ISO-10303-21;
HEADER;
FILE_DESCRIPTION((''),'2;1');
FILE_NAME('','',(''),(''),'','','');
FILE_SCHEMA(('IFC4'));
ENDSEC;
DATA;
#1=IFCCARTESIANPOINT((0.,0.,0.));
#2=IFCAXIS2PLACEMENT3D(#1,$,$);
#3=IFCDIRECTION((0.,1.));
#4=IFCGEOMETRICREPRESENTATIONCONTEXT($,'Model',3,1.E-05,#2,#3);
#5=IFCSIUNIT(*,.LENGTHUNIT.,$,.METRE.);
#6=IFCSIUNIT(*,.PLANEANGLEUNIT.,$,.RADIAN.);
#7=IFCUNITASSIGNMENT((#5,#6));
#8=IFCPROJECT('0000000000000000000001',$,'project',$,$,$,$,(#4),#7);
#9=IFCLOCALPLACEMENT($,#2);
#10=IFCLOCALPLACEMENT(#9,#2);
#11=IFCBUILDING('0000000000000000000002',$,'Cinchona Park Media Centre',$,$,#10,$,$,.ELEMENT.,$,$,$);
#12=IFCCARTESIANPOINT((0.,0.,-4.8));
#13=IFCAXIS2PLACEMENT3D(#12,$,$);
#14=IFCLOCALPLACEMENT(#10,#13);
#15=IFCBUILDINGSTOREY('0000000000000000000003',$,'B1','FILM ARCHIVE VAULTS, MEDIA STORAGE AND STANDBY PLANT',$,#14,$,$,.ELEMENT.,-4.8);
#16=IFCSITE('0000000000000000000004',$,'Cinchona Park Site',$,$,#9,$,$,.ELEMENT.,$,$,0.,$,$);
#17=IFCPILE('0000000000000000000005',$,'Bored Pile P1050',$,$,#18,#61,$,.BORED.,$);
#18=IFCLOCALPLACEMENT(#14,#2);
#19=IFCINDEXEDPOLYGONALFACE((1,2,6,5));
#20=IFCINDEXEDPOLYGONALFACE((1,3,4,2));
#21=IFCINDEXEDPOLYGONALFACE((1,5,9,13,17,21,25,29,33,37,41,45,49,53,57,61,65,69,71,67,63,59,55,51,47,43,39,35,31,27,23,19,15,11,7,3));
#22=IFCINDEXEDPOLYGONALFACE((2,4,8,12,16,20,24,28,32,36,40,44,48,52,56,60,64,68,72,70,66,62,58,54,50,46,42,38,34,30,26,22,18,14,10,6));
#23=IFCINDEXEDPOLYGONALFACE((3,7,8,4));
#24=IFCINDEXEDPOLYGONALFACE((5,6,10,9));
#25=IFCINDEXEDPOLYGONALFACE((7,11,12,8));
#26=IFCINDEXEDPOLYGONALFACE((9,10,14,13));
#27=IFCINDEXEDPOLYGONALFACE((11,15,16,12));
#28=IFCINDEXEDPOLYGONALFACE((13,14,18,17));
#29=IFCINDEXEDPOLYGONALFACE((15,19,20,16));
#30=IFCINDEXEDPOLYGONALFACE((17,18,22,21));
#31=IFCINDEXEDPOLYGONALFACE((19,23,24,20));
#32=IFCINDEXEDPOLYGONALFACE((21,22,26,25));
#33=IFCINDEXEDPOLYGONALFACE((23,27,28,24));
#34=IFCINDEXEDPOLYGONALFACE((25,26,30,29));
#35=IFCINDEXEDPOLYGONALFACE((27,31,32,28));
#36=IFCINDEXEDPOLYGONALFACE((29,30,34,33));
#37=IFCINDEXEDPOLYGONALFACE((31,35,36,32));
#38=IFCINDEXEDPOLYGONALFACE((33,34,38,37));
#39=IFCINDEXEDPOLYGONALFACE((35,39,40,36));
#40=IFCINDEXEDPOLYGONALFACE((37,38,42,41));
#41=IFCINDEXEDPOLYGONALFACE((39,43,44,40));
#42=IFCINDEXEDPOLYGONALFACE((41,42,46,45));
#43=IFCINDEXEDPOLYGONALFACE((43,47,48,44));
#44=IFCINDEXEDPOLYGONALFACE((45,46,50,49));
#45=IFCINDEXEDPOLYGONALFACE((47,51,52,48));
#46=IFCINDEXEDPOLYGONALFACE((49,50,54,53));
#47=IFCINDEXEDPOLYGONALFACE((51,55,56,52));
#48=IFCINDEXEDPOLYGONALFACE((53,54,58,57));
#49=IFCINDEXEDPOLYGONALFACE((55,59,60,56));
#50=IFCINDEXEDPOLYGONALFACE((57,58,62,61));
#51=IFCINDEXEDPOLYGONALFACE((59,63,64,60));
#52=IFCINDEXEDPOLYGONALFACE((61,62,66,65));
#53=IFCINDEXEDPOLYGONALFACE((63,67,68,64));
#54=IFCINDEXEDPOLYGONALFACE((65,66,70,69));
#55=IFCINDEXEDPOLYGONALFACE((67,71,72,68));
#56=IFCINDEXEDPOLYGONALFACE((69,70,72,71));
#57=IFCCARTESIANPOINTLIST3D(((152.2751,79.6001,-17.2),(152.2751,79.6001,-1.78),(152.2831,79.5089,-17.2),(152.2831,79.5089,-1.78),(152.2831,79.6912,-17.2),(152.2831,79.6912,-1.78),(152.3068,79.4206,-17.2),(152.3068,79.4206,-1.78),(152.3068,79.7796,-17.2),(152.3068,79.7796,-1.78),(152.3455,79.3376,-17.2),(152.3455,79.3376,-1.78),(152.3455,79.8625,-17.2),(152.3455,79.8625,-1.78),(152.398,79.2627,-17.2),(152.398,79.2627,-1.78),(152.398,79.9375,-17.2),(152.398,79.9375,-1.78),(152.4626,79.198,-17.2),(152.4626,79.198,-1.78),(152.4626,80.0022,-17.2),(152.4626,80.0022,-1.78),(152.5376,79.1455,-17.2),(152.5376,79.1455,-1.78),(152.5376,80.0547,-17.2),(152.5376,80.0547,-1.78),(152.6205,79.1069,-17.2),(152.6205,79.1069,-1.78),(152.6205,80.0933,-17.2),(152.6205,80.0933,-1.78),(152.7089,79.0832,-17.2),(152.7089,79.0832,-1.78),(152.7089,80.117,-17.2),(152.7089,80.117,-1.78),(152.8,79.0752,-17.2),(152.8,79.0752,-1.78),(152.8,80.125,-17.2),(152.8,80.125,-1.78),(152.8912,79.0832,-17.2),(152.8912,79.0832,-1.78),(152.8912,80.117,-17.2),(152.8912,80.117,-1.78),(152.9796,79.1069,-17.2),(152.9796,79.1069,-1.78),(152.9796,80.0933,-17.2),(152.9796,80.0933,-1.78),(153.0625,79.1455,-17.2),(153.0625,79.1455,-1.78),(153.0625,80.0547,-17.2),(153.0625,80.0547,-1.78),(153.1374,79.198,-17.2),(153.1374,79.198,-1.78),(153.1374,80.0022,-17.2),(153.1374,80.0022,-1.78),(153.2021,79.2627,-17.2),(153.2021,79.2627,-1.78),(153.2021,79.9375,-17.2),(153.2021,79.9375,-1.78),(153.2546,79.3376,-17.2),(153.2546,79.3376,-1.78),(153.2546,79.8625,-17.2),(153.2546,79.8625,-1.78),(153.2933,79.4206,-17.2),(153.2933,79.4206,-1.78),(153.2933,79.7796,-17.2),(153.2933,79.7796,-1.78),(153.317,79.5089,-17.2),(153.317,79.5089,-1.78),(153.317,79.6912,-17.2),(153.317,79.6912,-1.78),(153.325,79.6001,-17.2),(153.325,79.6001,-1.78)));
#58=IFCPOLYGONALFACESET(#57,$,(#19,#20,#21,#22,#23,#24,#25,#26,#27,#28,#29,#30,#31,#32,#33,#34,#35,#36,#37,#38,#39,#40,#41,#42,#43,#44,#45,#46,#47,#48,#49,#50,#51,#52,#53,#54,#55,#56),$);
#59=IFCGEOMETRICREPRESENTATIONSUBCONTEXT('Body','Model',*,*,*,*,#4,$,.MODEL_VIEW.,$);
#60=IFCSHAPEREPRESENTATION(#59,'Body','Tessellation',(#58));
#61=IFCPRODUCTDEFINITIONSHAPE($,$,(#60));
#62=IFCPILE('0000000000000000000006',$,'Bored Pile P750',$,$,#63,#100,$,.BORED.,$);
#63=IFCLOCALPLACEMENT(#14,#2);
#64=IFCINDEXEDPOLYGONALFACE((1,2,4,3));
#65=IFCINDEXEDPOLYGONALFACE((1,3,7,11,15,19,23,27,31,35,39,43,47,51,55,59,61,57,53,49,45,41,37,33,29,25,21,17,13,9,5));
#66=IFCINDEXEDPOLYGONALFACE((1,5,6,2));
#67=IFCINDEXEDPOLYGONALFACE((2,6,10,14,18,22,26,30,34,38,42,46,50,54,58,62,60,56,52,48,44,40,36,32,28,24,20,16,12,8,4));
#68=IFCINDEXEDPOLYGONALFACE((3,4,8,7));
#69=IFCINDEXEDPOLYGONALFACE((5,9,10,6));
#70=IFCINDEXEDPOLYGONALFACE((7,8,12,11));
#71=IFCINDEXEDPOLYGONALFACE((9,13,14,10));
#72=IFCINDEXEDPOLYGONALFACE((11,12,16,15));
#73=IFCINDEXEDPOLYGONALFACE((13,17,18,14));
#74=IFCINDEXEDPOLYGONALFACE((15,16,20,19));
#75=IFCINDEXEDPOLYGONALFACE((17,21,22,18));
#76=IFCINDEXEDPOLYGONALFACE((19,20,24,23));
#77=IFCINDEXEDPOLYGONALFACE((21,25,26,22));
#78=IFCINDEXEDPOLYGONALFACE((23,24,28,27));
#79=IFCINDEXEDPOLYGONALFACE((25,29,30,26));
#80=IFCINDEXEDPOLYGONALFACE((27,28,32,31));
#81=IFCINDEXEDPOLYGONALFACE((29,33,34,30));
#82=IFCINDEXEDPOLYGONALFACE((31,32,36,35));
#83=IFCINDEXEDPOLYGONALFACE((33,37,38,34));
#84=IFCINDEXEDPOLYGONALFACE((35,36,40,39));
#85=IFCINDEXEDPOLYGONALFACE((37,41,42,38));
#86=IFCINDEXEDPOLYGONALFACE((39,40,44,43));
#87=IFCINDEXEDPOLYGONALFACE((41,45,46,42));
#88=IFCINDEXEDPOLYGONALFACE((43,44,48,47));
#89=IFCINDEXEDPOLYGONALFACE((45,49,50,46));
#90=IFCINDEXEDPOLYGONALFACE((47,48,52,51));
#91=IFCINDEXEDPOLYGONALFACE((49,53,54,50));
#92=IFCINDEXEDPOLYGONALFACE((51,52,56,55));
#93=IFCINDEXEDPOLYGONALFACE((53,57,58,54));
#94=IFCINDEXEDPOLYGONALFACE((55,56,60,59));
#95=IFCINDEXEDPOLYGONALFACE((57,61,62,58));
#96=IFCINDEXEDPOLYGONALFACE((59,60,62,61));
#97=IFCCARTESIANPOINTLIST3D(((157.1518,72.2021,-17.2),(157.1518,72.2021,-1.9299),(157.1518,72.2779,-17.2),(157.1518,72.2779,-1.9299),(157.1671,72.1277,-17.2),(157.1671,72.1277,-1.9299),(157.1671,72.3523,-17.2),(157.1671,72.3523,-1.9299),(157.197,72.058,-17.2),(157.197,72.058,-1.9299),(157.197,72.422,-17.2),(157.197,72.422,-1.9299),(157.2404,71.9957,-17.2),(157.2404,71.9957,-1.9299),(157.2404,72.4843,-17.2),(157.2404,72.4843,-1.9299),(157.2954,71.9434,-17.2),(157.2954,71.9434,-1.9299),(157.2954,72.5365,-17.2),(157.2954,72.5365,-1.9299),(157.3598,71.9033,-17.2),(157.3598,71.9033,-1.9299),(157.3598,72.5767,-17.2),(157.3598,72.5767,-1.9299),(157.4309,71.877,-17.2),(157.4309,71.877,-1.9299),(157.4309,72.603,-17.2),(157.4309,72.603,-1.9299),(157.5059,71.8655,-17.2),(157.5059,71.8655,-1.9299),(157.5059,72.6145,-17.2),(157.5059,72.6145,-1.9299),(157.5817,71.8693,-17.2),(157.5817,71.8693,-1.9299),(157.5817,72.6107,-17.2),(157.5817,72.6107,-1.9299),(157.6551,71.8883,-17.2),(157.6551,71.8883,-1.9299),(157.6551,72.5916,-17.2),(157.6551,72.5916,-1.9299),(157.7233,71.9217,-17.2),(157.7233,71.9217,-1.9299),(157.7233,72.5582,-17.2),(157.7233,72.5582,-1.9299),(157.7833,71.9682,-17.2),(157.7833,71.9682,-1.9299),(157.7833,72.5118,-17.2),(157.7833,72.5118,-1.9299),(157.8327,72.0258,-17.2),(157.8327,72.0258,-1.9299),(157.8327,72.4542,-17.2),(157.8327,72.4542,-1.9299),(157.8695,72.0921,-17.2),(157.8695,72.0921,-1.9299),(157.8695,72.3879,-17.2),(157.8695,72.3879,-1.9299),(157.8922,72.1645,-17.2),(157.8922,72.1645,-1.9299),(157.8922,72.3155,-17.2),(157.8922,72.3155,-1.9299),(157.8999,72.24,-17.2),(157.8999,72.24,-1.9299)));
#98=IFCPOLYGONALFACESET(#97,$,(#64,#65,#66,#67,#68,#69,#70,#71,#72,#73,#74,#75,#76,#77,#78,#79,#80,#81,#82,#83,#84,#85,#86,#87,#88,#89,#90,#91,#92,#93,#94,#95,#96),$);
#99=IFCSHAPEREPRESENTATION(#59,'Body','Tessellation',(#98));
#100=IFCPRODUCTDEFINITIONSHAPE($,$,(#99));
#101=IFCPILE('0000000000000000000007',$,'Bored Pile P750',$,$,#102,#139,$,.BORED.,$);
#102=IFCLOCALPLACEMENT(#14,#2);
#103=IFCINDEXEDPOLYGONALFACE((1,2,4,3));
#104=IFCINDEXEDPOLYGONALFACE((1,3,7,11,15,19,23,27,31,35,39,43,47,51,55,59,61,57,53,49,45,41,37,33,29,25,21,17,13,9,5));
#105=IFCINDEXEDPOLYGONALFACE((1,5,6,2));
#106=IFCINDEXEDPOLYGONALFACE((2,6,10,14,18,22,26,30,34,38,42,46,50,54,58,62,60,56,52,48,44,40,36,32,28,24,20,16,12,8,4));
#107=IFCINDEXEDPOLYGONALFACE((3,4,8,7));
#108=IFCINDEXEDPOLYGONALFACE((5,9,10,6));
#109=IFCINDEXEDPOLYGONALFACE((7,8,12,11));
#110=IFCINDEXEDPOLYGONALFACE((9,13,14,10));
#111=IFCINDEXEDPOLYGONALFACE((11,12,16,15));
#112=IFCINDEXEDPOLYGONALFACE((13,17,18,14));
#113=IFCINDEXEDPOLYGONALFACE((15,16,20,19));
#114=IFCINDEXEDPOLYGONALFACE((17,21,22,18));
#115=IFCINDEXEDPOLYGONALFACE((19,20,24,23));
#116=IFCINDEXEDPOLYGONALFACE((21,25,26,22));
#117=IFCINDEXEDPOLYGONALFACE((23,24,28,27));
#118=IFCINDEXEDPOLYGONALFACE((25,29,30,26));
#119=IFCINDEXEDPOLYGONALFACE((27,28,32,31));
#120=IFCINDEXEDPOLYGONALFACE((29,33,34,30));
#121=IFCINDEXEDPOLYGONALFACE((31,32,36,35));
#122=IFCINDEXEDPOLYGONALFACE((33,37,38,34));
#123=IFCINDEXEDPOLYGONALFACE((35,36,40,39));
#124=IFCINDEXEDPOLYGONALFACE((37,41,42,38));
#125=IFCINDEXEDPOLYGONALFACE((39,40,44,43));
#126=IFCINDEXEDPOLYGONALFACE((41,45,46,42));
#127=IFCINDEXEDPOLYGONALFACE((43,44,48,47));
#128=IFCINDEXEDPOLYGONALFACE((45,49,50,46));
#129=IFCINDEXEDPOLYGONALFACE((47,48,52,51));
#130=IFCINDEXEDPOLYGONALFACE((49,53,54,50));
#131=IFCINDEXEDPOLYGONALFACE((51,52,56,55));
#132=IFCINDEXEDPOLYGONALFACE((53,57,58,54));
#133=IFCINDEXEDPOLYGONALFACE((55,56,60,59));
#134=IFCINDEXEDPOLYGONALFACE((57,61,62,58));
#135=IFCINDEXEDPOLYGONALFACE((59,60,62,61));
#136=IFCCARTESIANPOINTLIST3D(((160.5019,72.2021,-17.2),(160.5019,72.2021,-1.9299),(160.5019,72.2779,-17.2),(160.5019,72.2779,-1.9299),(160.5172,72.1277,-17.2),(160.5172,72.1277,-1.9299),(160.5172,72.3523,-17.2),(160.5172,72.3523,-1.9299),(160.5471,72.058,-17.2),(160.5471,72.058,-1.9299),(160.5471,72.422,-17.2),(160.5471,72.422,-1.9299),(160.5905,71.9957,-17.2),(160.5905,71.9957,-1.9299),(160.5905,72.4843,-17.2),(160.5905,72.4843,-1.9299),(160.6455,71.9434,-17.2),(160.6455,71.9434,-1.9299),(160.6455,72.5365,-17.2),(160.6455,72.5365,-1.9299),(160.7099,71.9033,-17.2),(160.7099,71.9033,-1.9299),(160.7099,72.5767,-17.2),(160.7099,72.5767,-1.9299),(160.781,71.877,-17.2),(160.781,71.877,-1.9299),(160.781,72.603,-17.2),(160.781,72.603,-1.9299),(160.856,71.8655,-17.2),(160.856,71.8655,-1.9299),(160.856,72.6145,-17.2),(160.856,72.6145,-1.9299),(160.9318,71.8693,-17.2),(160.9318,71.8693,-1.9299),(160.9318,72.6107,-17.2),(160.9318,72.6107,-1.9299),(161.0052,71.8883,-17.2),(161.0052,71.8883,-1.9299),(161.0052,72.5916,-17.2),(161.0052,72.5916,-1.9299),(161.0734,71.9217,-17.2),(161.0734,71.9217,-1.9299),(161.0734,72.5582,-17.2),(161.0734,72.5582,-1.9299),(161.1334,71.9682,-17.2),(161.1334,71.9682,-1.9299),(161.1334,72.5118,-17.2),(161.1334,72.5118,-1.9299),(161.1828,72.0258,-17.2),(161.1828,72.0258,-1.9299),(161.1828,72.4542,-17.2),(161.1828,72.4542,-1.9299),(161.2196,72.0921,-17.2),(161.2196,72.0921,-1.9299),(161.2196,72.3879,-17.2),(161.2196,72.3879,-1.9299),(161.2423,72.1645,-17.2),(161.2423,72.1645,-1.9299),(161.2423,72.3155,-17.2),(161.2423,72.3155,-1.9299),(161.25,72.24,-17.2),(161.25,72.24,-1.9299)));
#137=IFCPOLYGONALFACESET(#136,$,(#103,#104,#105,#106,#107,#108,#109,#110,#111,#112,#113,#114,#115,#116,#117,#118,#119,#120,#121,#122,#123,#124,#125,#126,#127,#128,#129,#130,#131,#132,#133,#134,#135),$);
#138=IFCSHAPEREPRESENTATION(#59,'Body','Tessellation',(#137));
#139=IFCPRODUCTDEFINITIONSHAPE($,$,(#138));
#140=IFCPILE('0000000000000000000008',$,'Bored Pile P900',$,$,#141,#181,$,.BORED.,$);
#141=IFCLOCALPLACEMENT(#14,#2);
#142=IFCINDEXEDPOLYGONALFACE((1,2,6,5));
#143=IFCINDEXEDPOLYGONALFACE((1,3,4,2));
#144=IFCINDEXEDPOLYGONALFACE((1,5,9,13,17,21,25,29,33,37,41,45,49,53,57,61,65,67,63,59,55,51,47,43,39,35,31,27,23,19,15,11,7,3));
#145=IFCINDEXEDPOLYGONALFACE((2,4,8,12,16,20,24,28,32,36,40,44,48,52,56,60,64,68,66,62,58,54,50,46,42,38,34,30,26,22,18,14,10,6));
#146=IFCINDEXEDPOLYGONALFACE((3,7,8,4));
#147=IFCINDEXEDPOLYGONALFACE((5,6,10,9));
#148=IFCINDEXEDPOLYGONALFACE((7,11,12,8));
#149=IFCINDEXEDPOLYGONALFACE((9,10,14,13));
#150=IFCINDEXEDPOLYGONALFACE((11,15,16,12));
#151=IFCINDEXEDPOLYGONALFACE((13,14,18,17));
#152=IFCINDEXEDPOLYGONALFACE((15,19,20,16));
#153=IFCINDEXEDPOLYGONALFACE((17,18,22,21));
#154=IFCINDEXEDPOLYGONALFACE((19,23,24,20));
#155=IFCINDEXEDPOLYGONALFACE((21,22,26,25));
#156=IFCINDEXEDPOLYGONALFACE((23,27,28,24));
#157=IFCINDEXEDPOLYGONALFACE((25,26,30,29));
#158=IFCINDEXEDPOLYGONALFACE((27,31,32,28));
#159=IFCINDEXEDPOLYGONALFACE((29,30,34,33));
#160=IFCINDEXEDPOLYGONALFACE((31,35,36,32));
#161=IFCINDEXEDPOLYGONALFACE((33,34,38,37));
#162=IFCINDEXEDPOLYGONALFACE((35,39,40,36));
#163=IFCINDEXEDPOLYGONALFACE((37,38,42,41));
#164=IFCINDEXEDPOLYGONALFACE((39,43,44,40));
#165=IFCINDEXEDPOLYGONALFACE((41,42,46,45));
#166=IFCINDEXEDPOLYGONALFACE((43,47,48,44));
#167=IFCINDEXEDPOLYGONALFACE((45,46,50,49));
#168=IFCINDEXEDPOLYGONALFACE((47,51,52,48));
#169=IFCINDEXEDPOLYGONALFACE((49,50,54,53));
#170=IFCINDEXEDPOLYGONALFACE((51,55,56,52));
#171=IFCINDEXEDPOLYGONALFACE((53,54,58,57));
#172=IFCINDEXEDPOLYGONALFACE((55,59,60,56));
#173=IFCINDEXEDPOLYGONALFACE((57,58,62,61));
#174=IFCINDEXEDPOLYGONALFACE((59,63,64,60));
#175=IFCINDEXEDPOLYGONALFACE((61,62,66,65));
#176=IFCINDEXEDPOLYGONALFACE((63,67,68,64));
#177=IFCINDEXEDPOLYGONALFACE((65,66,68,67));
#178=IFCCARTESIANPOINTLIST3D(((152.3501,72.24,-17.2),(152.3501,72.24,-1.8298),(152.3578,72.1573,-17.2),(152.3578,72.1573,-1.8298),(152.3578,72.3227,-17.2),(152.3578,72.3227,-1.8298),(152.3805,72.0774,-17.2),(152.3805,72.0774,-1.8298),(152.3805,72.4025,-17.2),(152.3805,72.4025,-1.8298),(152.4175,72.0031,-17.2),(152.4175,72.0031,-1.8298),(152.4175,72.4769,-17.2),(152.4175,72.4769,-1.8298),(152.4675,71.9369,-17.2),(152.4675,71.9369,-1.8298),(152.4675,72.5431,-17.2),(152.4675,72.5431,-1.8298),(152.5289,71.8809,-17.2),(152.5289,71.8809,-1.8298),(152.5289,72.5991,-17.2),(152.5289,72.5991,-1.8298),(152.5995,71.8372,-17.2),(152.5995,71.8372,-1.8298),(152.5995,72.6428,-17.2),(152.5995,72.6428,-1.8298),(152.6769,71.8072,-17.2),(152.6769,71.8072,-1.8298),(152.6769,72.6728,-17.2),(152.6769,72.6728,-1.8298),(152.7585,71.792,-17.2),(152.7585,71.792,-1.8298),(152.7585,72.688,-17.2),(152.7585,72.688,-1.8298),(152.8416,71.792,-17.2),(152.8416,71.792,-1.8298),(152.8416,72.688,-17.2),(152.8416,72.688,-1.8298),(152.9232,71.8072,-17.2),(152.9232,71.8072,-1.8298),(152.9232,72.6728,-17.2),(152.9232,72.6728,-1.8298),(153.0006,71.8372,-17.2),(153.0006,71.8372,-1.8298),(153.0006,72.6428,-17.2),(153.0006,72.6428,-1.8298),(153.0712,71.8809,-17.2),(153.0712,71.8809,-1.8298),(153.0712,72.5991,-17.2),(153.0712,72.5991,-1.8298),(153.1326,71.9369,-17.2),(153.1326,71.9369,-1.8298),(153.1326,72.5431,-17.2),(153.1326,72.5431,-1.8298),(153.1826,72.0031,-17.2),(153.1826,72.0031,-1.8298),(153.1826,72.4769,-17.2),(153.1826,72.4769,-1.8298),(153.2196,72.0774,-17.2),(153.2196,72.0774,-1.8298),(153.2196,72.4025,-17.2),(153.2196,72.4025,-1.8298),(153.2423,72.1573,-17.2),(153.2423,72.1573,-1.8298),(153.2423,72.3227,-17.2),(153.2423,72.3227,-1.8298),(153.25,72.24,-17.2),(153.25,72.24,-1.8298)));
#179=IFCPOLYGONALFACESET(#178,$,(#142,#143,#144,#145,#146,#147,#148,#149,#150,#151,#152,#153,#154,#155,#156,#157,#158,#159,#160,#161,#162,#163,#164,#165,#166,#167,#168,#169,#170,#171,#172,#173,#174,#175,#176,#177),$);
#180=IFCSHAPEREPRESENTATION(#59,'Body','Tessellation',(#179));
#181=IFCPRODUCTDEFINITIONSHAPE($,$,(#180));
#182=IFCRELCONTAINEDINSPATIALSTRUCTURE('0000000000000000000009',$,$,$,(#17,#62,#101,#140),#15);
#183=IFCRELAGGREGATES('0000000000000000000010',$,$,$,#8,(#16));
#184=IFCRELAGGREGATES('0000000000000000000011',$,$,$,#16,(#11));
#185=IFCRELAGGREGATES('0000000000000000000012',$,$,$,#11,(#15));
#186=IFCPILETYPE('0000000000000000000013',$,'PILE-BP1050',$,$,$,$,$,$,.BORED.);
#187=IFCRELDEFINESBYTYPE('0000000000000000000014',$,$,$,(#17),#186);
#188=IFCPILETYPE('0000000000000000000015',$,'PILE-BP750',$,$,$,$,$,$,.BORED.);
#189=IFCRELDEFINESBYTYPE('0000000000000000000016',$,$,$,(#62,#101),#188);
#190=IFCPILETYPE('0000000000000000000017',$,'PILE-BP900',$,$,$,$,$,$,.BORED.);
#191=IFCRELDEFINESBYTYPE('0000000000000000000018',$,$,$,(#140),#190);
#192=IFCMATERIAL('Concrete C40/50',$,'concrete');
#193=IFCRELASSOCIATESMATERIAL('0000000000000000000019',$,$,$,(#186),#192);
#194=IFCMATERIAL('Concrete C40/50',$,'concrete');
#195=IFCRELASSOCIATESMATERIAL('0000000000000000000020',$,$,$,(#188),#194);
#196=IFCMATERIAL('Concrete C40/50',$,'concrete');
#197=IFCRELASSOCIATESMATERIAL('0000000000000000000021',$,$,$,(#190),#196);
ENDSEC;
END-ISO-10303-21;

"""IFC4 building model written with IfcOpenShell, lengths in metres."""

from ifc_helpers import new_model, si_unit, direction, frame, origin, origin_2d, place, context, subcontext, project, spatial, circle, extrude, material, material_profile, profile_set, type_object, element, save


model = new_model("IFC4")

# Units and contexts
model_context = context("Model", 3, precision=1e-05, world=origin(), true_north=direction((0.0, 1.0)))
body_context = subcontext(model_context, "Body", "Model", "MODEL_VIEW")
ifc_project = project(units=[si_unit("LENGTHUNIT", "METRE"), si_unit("PLANEANGLEUNIT", "RADIAN")], contexts=[model_context])

# Site, building, storey
site_placement = place(None, origin())
site = spatial("IfcSite", under=ifc_project, at=site_placement, Name="Cinchona Park Site", CompositionType="ELEMENT", RefElevation=0.0)
building_placement = place(site_placement, origin())
building = spatial("IfcBuilding", under=site, at=building_placement, Name="Cinchona Park Media Centre", CompositionType="ELEMENT")
storey_placement = place(building_placement, frame((0.0, 0.0, -4.8)))
storey = spatial("IfcBuildingStorey", under=building, at=storey_placement, Name="B1", Description="FILM ARCHIVE VAULTS, MEDIA STORAGE AND STANDBY PLANT", CompositionType="ELEMENT", Elevation=-4.8)

# Piles
ifc_material_1 = material(Name="Concrete C40/50", Category="concrete")
ifc_material_profile_1 = material_profile(ifc_material_1, circle(Radius=0.5249, at=origin_2d()), Name="BORED PILE 1050")
ifc_profile_set_1 = profile_set([ifc_material_profile_1], Name="Concrete C40/50")
pile_type_1 = type_object("IfcPileType", Name="PILE-BP1050", PredefinedType="BORED", material=ifc_profile_set_1)
pile_1_placement = place(storey_placement, frame((152.8, 79.6001, -1.78), z_axis=(0.0, 0.0, -1.0), x_axis=(1.0, 0.0, 0.0)))
element("IfcPile", 1, at=pile_1_placement, inside=storey, type_object=pile_type_1, Name="Bored Pile P1050", PredefinedType="BORED", context=body_context, shape_type="SweptSolid", body=[
    extrude(circle(Radius=0.5249, at=origin_2d()), origin(), (0.0, 0.0, 1.0), 15.4199),
])
ifc_material_2 = material(Name="Concrete C40/50", Category="concrete")
ifc_material_profile_2 = material_profile(ifc_material_2, circle(Radius=0.375, at=origin_2d()), Name="BORED PILE 750")
ifc_profile_set_2 = profile_set([ifc_material_profile_2], Name="Concrete C40/50")
pile_type_2 = type_object("IfcPileType", Name="PILE-BP750", PredefinedType="BORED", material=ifc_profile_set_2)
for number, where, z_axis, x_axis, name in (
    (2, (157.5249, 72.24, -1.9299), (0.0, 0.0, -1.0), (1.0, 0.0, 0.0), "Bored Pile P750"),
    (3, (160.875, 72.24, -1.9299), (0.0, 0.0, -1.0), (1.0, 0.0, 0.0), "Bored Pile P750"),
):
    element("IfcPile", number, at=place(storey_placement, frame(where, z_axis=z_axis, x_axis=x_axis)), inside=storey, type_object=pile_type_2, Name=name, PredefinedType="BORED", context=body_context, shape_type="SweptSolid", body=[
        extrude(circle(Radius=0.375, at=origin_2d()), origin(), (0.0, 0.0, 1.0), 15.27),
    ])
ifc_material_3 = material(Name="Concrete C40/50", Category="concrete")
ifc_material_profile_3 = material_profile(ifc_material_3, circle(Radius=0.45, at=origin_2d()), Name="BORED PILE 900")
ifc_profile_set_3 = profile_set([ifc_material_profile_3], Name="Concrete C40/50")
pile_type_3 = type_object("IfcPileType", Name="PILE-BP900", PredefinedType="BORED", material=ifc_profile_set_3)
pile_2_placement = place(storey_placement, frame((152.8, 72.24, -1.8298), z_axis=(0.0, 0.0, -1.0), x_axis=(1.0, 0.0, 0.0)))
element("IfcPile", 4, at=pile_2_placement, inside=storey, type_object=pile_type_3, Name="Bored Pile P900", PredefinedType="BORED", context=body_context, shape_type="SweptSolid", body=[
    extrude(circle(Radius=0.45, at=origin_2d()), origin(), (0.0, 0.0, 1.0), 15.3701),
])

save(model, "model.ifc")
